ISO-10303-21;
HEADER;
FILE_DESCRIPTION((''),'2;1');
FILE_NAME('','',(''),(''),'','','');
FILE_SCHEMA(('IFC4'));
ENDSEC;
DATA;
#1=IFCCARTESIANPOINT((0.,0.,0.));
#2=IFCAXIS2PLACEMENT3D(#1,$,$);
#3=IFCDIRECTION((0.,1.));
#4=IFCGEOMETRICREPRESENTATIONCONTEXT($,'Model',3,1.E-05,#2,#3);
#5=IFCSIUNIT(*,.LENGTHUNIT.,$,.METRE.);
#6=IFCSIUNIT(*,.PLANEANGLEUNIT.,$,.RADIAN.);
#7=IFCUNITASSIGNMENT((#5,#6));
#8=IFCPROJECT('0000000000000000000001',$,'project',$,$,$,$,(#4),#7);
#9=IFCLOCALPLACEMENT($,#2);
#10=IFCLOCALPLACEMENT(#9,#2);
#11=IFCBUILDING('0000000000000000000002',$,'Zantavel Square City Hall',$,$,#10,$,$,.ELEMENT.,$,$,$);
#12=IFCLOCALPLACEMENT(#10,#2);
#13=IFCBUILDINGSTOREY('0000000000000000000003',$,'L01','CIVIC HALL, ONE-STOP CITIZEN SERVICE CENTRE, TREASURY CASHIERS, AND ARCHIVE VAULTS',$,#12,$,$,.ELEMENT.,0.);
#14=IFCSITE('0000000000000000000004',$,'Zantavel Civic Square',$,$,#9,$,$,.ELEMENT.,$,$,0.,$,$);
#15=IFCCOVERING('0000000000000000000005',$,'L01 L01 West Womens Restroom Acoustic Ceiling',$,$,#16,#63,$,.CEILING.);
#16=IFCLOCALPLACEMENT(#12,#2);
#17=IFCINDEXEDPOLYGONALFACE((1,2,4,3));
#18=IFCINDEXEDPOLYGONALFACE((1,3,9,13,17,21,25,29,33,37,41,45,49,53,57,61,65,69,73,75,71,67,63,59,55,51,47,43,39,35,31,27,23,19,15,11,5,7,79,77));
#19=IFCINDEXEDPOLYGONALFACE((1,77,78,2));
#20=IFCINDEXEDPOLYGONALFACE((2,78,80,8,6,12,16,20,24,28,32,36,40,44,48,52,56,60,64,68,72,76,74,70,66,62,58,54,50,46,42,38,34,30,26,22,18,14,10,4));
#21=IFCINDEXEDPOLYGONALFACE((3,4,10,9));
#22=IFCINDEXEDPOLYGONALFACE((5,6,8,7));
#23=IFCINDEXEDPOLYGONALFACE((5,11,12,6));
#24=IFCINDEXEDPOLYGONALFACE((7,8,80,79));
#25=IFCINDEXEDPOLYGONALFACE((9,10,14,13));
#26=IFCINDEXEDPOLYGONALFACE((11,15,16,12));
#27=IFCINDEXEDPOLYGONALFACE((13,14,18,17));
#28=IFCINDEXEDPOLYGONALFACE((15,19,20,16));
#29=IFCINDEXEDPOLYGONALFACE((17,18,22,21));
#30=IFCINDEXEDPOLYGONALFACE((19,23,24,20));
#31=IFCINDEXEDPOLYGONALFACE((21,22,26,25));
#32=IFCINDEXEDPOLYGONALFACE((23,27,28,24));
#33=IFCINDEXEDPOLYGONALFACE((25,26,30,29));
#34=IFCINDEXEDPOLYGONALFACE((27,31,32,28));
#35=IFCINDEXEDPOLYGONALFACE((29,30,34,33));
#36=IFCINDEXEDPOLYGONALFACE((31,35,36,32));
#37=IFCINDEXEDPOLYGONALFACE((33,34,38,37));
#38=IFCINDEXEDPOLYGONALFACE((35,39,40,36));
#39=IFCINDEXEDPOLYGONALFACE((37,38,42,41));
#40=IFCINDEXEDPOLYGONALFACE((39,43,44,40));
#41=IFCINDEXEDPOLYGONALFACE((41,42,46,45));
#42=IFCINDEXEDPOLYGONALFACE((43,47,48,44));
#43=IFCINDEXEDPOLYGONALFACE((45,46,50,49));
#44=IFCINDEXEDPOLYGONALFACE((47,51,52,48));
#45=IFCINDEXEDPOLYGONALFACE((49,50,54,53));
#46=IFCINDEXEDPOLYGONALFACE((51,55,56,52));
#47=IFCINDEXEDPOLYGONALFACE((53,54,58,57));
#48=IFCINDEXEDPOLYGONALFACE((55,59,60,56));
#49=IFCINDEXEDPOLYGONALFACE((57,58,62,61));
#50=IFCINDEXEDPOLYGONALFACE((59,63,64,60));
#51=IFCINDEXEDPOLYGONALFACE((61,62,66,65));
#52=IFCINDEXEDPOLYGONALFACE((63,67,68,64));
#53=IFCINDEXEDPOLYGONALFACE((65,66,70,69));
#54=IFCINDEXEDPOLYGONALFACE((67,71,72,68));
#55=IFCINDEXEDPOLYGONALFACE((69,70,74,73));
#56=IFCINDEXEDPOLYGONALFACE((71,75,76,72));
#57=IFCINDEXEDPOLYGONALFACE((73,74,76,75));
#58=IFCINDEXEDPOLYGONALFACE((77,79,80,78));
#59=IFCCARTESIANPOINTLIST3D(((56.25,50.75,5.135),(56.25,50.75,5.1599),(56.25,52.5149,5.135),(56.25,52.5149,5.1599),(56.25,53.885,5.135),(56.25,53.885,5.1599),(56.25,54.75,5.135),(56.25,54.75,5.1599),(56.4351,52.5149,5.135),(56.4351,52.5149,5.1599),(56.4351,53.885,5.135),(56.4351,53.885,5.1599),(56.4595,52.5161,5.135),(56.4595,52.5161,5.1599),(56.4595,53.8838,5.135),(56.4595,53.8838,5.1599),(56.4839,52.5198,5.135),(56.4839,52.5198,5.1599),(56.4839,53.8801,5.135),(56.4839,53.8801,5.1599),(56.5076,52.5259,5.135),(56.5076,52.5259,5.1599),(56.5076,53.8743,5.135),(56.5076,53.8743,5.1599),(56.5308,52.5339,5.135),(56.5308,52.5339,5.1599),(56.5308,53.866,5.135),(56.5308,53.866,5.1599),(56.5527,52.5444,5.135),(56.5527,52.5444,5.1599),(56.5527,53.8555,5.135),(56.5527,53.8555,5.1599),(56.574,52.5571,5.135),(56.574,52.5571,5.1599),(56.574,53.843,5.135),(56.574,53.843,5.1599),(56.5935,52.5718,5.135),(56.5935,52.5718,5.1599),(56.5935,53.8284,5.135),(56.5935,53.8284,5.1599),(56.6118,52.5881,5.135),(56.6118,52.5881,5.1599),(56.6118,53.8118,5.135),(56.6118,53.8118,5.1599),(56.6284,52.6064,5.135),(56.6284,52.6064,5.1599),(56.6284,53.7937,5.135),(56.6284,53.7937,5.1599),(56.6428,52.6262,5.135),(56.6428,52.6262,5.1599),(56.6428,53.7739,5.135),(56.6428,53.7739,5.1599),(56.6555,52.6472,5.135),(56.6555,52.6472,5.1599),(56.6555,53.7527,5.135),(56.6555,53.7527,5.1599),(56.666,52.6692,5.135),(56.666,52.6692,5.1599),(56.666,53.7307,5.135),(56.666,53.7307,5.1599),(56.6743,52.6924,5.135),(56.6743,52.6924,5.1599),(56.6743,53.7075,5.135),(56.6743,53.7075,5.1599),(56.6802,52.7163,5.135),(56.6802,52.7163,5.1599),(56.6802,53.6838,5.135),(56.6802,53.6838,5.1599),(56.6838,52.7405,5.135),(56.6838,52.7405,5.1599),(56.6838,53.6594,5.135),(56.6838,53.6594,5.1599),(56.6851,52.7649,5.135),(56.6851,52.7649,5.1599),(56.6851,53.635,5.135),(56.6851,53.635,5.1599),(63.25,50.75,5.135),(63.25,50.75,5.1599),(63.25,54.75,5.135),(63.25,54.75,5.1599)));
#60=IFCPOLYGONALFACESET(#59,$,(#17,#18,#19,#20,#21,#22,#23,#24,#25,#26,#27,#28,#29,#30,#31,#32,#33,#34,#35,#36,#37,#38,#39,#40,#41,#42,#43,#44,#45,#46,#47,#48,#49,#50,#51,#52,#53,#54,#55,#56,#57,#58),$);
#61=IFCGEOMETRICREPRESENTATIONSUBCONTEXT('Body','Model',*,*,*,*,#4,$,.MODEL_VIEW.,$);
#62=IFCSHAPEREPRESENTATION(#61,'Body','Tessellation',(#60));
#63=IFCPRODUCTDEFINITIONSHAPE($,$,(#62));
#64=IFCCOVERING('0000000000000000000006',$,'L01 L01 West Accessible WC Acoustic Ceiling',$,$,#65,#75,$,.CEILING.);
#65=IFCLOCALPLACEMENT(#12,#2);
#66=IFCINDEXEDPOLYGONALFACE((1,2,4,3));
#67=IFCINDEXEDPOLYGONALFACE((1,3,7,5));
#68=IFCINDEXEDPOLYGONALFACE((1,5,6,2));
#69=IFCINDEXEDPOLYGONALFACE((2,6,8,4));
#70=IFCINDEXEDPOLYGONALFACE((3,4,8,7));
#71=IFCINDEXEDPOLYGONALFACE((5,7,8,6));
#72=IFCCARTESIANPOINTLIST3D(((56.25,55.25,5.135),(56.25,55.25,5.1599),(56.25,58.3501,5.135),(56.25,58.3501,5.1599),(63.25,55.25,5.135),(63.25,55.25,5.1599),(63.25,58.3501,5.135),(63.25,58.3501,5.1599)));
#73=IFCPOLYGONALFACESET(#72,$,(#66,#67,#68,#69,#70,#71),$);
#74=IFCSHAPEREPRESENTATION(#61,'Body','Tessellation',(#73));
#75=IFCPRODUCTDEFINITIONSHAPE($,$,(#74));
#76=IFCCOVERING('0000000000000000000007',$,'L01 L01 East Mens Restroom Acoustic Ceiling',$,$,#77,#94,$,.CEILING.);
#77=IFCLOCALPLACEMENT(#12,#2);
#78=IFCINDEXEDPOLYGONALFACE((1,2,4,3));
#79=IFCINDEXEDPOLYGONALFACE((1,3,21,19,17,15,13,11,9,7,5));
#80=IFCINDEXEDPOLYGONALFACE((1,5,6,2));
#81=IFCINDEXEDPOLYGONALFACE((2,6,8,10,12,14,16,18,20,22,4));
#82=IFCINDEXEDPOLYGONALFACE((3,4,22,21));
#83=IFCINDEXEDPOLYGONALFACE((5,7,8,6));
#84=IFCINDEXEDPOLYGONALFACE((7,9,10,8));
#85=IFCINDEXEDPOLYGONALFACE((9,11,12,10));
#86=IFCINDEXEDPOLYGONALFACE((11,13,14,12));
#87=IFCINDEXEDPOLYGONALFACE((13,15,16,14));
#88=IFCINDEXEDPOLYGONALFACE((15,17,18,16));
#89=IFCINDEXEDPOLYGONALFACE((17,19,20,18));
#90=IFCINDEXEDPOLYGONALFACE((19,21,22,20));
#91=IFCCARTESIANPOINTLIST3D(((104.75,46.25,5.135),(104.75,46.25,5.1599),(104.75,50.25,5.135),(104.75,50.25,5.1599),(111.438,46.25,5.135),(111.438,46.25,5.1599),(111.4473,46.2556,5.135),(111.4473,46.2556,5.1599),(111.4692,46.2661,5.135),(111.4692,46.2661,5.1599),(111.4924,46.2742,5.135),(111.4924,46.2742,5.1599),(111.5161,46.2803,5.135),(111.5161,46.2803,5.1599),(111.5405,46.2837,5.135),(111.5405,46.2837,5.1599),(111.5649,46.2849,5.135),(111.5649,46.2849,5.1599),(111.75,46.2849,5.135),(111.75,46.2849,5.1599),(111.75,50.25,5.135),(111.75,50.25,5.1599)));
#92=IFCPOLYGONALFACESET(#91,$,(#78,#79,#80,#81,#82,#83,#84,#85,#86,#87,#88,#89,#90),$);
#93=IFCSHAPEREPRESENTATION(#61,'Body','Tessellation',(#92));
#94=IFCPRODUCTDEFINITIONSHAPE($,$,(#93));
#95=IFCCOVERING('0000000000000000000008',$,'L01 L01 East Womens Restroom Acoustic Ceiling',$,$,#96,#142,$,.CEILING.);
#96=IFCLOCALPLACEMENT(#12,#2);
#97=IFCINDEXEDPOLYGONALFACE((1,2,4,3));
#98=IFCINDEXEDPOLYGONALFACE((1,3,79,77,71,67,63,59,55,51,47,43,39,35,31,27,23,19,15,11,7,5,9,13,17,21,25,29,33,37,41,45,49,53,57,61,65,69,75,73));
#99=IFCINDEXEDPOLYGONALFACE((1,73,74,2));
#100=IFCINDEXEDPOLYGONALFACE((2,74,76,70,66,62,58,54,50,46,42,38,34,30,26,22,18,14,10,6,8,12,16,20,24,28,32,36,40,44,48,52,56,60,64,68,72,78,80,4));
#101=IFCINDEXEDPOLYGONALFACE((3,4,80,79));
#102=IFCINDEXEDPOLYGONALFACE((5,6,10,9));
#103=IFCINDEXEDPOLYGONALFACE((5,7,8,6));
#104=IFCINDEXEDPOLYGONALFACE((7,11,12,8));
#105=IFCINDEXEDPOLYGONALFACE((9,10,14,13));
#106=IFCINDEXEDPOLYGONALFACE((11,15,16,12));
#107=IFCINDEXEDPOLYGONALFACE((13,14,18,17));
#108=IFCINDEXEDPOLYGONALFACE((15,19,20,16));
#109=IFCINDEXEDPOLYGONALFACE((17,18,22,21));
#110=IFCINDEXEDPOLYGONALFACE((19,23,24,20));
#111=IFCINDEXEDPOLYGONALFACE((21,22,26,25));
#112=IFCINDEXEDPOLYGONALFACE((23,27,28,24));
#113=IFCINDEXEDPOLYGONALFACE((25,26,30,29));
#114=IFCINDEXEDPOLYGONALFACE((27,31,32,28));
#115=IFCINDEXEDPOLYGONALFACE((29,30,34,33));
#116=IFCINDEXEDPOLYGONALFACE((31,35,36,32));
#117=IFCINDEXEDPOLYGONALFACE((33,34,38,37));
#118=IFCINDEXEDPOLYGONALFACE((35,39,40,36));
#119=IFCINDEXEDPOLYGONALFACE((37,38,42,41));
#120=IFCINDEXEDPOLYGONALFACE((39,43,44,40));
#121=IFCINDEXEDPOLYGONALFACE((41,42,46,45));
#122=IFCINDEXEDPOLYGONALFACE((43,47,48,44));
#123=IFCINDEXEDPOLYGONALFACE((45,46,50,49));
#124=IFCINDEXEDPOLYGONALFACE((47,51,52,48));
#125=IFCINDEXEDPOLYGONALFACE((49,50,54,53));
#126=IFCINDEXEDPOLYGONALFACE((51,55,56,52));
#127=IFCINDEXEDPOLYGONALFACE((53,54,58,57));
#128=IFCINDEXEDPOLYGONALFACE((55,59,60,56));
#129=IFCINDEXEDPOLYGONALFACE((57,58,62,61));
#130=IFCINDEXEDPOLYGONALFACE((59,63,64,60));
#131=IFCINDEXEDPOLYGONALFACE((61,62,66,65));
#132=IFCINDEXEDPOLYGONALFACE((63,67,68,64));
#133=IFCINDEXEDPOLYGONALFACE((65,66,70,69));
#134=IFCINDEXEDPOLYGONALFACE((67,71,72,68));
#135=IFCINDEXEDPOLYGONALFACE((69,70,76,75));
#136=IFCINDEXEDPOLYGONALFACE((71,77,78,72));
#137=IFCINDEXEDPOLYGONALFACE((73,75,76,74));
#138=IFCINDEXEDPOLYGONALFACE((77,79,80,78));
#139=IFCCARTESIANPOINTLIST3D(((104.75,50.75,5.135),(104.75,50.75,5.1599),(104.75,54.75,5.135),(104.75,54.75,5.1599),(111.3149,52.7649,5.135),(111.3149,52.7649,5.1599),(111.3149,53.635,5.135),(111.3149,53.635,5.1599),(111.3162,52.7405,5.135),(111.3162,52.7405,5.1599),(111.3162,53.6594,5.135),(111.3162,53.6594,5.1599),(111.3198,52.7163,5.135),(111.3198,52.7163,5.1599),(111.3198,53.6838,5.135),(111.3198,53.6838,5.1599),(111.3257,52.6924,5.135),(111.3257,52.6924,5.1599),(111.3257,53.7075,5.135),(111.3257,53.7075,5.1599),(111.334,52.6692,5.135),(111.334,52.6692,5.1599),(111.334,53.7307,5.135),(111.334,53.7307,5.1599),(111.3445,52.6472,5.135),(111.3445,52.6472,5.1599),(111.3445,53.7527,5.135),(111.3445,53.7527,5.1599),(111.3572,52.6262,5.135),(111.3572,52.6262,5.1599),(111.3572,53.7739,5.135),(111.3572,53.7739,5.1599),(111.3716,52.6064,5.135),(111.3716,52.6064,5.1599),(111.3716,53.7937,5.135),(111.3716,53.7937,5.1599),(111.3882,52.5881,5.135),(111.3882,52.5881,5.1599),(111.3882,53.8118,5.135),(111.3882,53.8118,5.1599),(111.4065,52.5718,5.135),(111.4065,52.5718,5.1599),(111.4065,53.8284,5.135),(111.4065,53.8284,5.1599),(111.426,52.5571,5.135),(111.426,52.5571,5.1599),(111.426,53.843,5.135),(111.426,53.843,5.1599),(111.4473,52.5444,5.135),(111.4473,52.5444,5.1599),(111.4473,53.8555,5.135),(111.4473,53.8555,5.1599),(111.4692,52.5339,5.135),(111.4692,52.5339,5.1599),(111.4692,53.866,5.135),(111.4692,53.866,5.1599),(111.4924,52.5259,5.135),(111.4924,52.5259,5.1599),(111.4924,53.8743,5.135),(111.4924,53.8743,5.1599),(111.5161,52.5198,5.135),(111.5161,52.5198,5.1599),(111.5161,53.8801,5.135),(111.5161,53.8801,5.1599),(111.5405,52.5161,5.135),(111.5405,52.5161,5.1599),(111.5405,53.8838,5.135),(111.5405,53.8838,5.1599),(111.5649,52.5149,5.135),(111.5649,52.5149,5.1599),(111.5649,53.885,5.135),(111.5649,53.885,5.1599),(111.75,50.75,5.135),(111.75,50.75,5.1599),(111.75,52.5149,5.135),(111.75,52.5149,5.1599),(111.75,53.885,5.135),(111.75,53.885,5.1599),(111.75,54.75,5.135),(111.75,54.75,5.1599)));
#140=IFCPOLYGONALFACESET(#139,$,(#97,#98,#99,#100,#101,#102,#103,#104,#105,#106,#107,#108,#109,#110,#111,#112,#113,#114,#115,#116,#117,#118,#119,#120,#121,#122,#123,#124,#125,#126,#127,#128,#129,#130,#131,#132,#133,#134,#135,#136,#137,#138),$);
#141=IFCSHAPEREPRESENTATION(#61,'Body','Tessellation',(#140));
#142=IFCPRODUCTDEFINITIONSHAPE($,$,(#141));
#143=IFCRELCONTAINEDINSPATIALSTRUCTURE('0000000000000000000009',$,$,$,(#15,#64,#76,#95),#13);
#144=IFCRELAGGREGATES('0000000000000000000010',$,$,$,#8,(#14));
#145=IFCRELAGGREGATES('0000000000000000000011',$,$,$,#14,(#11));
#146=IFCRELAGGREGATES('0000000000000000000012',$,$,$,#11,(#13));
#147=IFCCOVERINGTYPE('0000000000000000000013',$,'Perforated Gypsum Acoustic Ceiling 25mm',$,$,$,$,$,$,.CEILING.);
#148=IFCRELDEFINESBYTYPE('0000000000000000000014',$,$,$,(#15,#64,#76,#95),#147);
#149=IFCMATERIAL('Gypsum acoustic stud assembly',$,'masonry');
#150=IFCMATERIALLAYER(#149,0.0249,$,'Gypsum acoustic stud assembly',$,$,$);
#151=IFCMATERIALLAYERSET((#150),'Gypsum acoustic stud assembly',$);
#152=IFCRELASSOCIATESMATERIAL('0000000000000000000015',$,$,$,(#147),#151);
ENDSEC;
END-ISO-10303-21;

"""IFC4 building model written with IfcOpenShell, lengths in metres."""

from ifc_helpers import new_model, si_unit, direction, frame, origin, place, context, subcontext, project, spatial, polyline, outline, extrude, material, layer, layer_set, type_object, element, save


model = new_model("IFC4")

# Units and contexts
model_context = context("Model", 3, precision=1e-05, world=origin(), true_north=direction((0.0, 1.0)))
body_context = subcontext(model_context, "Body", "Model", "MODEL_VIEW")
ifc_project = project(units=[si_unit("LENGTHUNIT", "METRE"), si_unit("PLANEANGLEUNIT", "RADIAN")], contexts=[model_context])

# Site, building, storey
site_placement = place(None, origin())
site = spatial("IfcSite", under=ifc_project, at=site_placement, Name="Zantavel Civic Square", CompositionType="ELEMENT", RefElevation=0.0)
building_placement = place(site_placement, origin())
building = spatial("IfcBuilding", under=site, at=building_placement, Name="Zantavel Square City Hall", CompositionType="ELEMENT")
storey_placement = place(building_placement, origin())
storey = spatial("IfcBuildingStorey", under=building, at=storey_placement, Name="L01", Description="CIVIC HALL, ONE-STOP CITIZEN SERVICE CENTRE, TREASURY CASHIERS, AND ARCHIVE VAULTS", CompositionType="ELEMENT", Elevation=0.0)

# Coverings
ifc_material_1 = material(Name="Gypsum acoustic stud assembly", Category="masonry")
ifc_layer_1 = layer(ifc_material_1, 0.0249, Name="Gypsum acoustic stud assembly")
ifc_layer_set_1 = layer_set([ifc_layer_1], Name="Gypsum acoustic stud assembly")
covering_type_1 = type_object("IfcCoveringType", Name="Perforated Gypsum Acoustic Ceiling 25mm", PredefinedType="CEILING", material=ifc_layer_set_1)
covering_1_placement = place(storey_placement, frame((0.0, 0.0, 5.135)))
element("IfcCovering", 1, at=covering_1_placement, inside=storey, type_object=covering_type_1, Name="L01 L01 West Womens Restroom Acoustic Ceiling", PredefinedType="CEILING", context=body_context, shape_type="SweptSolid", body=[
    extrude(outline(polyline([(56.25, 52.5149), (56.4351, 52.5149), (56.4595, 52.5161), (56.4839, 52.5198), (56.5076, 52.5259), (56.5308, 52.5339), (56.5527, 52.5444), (56.574, 52.5571), (56.5935, 52.5718), (56.6118, 52.5881), (56.6284, 52.6064), (56.6428, 52.6262), (56.6555, 52.6472), (56.666, 52.6692), (56.6743, 52.6924), (56.6802, 52.7163), (56.6838, 52.7405), (56.6851, 52.7649), (56.6851, 53.635), (56.6838, 53.6594), (56.6802, 53.6838), (56.6743, 53.7075), (56.666, 53.7307), (56.6555, 53.7527), (56.6428, 53.7739), (56.6284, 53.7937), (56.6118, 53.8118), (56.5935, 53.8284), (56.574, 53.843), (56.5527, 53.8555), (56.5308, 53.866), (56.5076, 53.8743), (56.4839, 53.8801), (56.4595, 53.8838), (56.4351, 53.885), (56.25, 53.885), (56.25, 54.75), (63.25, 54.75), (63.25, 50.75), (56.25, 50.75), (56.25, 52.5149)])), origin(), (0.0, 0.0, 1.0), 0.0249),
])
covering_2_placement = place(storey_placement, frame((0.0, 0.0, 5.135)))
element("IfcCovering", 2, at=covering_2_placement, inside=storey, type_object=covering_type_1, Name="L01 L01 West Accessible WC Acoustic Ceiling", PredefinedType="CEILING", context=body_context, shape_type="SweptSolid", body=[
    extrude(outline(polyline([(56.25, 58.3501), (63.25, 58.3501), (63.25, 55.25), (56.25, 55.25), (56.25, 58.3501)])), origin(), (0.0, 0.0, 1.0), 0.0249),
])
covering_3_placement = place(storey_placement, frame((0.0, 0.0, 5.135)))
element("IfcCovering", 3, at=covering_3_placement, inside=storey, type_object=covering_type_1, Name="L01 L01 East Mens Restroom Acoustic Ceiling", PredefinedType="CEILING", context=body_context, shape_type="SweptSolid", body=[
    extrude(outline(polyline([(104.75, 50.25), (111.75, 50.25), (111.75, 46.2849), (111.5649, 46.2849), (111.5405, 46.2837), (111.5161, 46.2803), (111.4924, 46.2742), (111.4692, 46.2661), (111.4473, 46.2556), (111.438, 46.25), (104.75, 46.25), (104.75, 50.25)])), origin(), (0.0, 0.0, 1.0), 0.0249),
])
covering_4_placement = place(storey_placement, frame((0.0, 0.0, 5.135)))
element("IfcCovering", 4, at=covering_4_placement, inside=storey, type_object=covering_type_1, Name="L01 L01 East Womens Restroom Acoustic Ceiling", PredefinedType="CEILING", context=body_context, shape_type="SweptSolid", body=[
    extrude(outline(polyline([(111.5405, 53.8838), (111.5161, 53.8801), (111.4924, 53.8743), (111.4692, 53.866), (111.4473, 53.8555), (111.426, 53.843), (111.4065, 53.8284), (111.3882, 53.8118), (111.3716, 53.7937), (111.3572, 53.7739), (111.3445, 53.7527), (111.334, 53.7307), (111.3257, 53.7075), (111.3198, 53.6838), (111.3162, 53.6594), (111.3149, 53.635), (111.3149, 52.7649), (111.3162, 52.7405), (111.3198, 52.7163), (111.3257, 52.6924), (111.334, 52.6692), (111.3445, 52.6472), (111.3572, 52.6262), (111.3716, 52.6064), (111.3882, 52.5881), (111.4065, 52.5718), (111.426, 52.5571), (111.4473, 52.5444), (111.4692, 52.5339), (111.4924, 52.5259), (111.5161, 52.5198), (111.5405, 52.5161), (111.5649, 52.5149), (111.75, 52.5149), (111.75, 50.75), (104.75, 50.75), (104.75, 54.75), (111.75, 54.75), (111.75, 53.885), (111.5649, 53.885), (111.5405, 53.8838)])), origin(), (0.0, 0.0, 1.0), 0.0249),
])

save(model, "model.ifc")
